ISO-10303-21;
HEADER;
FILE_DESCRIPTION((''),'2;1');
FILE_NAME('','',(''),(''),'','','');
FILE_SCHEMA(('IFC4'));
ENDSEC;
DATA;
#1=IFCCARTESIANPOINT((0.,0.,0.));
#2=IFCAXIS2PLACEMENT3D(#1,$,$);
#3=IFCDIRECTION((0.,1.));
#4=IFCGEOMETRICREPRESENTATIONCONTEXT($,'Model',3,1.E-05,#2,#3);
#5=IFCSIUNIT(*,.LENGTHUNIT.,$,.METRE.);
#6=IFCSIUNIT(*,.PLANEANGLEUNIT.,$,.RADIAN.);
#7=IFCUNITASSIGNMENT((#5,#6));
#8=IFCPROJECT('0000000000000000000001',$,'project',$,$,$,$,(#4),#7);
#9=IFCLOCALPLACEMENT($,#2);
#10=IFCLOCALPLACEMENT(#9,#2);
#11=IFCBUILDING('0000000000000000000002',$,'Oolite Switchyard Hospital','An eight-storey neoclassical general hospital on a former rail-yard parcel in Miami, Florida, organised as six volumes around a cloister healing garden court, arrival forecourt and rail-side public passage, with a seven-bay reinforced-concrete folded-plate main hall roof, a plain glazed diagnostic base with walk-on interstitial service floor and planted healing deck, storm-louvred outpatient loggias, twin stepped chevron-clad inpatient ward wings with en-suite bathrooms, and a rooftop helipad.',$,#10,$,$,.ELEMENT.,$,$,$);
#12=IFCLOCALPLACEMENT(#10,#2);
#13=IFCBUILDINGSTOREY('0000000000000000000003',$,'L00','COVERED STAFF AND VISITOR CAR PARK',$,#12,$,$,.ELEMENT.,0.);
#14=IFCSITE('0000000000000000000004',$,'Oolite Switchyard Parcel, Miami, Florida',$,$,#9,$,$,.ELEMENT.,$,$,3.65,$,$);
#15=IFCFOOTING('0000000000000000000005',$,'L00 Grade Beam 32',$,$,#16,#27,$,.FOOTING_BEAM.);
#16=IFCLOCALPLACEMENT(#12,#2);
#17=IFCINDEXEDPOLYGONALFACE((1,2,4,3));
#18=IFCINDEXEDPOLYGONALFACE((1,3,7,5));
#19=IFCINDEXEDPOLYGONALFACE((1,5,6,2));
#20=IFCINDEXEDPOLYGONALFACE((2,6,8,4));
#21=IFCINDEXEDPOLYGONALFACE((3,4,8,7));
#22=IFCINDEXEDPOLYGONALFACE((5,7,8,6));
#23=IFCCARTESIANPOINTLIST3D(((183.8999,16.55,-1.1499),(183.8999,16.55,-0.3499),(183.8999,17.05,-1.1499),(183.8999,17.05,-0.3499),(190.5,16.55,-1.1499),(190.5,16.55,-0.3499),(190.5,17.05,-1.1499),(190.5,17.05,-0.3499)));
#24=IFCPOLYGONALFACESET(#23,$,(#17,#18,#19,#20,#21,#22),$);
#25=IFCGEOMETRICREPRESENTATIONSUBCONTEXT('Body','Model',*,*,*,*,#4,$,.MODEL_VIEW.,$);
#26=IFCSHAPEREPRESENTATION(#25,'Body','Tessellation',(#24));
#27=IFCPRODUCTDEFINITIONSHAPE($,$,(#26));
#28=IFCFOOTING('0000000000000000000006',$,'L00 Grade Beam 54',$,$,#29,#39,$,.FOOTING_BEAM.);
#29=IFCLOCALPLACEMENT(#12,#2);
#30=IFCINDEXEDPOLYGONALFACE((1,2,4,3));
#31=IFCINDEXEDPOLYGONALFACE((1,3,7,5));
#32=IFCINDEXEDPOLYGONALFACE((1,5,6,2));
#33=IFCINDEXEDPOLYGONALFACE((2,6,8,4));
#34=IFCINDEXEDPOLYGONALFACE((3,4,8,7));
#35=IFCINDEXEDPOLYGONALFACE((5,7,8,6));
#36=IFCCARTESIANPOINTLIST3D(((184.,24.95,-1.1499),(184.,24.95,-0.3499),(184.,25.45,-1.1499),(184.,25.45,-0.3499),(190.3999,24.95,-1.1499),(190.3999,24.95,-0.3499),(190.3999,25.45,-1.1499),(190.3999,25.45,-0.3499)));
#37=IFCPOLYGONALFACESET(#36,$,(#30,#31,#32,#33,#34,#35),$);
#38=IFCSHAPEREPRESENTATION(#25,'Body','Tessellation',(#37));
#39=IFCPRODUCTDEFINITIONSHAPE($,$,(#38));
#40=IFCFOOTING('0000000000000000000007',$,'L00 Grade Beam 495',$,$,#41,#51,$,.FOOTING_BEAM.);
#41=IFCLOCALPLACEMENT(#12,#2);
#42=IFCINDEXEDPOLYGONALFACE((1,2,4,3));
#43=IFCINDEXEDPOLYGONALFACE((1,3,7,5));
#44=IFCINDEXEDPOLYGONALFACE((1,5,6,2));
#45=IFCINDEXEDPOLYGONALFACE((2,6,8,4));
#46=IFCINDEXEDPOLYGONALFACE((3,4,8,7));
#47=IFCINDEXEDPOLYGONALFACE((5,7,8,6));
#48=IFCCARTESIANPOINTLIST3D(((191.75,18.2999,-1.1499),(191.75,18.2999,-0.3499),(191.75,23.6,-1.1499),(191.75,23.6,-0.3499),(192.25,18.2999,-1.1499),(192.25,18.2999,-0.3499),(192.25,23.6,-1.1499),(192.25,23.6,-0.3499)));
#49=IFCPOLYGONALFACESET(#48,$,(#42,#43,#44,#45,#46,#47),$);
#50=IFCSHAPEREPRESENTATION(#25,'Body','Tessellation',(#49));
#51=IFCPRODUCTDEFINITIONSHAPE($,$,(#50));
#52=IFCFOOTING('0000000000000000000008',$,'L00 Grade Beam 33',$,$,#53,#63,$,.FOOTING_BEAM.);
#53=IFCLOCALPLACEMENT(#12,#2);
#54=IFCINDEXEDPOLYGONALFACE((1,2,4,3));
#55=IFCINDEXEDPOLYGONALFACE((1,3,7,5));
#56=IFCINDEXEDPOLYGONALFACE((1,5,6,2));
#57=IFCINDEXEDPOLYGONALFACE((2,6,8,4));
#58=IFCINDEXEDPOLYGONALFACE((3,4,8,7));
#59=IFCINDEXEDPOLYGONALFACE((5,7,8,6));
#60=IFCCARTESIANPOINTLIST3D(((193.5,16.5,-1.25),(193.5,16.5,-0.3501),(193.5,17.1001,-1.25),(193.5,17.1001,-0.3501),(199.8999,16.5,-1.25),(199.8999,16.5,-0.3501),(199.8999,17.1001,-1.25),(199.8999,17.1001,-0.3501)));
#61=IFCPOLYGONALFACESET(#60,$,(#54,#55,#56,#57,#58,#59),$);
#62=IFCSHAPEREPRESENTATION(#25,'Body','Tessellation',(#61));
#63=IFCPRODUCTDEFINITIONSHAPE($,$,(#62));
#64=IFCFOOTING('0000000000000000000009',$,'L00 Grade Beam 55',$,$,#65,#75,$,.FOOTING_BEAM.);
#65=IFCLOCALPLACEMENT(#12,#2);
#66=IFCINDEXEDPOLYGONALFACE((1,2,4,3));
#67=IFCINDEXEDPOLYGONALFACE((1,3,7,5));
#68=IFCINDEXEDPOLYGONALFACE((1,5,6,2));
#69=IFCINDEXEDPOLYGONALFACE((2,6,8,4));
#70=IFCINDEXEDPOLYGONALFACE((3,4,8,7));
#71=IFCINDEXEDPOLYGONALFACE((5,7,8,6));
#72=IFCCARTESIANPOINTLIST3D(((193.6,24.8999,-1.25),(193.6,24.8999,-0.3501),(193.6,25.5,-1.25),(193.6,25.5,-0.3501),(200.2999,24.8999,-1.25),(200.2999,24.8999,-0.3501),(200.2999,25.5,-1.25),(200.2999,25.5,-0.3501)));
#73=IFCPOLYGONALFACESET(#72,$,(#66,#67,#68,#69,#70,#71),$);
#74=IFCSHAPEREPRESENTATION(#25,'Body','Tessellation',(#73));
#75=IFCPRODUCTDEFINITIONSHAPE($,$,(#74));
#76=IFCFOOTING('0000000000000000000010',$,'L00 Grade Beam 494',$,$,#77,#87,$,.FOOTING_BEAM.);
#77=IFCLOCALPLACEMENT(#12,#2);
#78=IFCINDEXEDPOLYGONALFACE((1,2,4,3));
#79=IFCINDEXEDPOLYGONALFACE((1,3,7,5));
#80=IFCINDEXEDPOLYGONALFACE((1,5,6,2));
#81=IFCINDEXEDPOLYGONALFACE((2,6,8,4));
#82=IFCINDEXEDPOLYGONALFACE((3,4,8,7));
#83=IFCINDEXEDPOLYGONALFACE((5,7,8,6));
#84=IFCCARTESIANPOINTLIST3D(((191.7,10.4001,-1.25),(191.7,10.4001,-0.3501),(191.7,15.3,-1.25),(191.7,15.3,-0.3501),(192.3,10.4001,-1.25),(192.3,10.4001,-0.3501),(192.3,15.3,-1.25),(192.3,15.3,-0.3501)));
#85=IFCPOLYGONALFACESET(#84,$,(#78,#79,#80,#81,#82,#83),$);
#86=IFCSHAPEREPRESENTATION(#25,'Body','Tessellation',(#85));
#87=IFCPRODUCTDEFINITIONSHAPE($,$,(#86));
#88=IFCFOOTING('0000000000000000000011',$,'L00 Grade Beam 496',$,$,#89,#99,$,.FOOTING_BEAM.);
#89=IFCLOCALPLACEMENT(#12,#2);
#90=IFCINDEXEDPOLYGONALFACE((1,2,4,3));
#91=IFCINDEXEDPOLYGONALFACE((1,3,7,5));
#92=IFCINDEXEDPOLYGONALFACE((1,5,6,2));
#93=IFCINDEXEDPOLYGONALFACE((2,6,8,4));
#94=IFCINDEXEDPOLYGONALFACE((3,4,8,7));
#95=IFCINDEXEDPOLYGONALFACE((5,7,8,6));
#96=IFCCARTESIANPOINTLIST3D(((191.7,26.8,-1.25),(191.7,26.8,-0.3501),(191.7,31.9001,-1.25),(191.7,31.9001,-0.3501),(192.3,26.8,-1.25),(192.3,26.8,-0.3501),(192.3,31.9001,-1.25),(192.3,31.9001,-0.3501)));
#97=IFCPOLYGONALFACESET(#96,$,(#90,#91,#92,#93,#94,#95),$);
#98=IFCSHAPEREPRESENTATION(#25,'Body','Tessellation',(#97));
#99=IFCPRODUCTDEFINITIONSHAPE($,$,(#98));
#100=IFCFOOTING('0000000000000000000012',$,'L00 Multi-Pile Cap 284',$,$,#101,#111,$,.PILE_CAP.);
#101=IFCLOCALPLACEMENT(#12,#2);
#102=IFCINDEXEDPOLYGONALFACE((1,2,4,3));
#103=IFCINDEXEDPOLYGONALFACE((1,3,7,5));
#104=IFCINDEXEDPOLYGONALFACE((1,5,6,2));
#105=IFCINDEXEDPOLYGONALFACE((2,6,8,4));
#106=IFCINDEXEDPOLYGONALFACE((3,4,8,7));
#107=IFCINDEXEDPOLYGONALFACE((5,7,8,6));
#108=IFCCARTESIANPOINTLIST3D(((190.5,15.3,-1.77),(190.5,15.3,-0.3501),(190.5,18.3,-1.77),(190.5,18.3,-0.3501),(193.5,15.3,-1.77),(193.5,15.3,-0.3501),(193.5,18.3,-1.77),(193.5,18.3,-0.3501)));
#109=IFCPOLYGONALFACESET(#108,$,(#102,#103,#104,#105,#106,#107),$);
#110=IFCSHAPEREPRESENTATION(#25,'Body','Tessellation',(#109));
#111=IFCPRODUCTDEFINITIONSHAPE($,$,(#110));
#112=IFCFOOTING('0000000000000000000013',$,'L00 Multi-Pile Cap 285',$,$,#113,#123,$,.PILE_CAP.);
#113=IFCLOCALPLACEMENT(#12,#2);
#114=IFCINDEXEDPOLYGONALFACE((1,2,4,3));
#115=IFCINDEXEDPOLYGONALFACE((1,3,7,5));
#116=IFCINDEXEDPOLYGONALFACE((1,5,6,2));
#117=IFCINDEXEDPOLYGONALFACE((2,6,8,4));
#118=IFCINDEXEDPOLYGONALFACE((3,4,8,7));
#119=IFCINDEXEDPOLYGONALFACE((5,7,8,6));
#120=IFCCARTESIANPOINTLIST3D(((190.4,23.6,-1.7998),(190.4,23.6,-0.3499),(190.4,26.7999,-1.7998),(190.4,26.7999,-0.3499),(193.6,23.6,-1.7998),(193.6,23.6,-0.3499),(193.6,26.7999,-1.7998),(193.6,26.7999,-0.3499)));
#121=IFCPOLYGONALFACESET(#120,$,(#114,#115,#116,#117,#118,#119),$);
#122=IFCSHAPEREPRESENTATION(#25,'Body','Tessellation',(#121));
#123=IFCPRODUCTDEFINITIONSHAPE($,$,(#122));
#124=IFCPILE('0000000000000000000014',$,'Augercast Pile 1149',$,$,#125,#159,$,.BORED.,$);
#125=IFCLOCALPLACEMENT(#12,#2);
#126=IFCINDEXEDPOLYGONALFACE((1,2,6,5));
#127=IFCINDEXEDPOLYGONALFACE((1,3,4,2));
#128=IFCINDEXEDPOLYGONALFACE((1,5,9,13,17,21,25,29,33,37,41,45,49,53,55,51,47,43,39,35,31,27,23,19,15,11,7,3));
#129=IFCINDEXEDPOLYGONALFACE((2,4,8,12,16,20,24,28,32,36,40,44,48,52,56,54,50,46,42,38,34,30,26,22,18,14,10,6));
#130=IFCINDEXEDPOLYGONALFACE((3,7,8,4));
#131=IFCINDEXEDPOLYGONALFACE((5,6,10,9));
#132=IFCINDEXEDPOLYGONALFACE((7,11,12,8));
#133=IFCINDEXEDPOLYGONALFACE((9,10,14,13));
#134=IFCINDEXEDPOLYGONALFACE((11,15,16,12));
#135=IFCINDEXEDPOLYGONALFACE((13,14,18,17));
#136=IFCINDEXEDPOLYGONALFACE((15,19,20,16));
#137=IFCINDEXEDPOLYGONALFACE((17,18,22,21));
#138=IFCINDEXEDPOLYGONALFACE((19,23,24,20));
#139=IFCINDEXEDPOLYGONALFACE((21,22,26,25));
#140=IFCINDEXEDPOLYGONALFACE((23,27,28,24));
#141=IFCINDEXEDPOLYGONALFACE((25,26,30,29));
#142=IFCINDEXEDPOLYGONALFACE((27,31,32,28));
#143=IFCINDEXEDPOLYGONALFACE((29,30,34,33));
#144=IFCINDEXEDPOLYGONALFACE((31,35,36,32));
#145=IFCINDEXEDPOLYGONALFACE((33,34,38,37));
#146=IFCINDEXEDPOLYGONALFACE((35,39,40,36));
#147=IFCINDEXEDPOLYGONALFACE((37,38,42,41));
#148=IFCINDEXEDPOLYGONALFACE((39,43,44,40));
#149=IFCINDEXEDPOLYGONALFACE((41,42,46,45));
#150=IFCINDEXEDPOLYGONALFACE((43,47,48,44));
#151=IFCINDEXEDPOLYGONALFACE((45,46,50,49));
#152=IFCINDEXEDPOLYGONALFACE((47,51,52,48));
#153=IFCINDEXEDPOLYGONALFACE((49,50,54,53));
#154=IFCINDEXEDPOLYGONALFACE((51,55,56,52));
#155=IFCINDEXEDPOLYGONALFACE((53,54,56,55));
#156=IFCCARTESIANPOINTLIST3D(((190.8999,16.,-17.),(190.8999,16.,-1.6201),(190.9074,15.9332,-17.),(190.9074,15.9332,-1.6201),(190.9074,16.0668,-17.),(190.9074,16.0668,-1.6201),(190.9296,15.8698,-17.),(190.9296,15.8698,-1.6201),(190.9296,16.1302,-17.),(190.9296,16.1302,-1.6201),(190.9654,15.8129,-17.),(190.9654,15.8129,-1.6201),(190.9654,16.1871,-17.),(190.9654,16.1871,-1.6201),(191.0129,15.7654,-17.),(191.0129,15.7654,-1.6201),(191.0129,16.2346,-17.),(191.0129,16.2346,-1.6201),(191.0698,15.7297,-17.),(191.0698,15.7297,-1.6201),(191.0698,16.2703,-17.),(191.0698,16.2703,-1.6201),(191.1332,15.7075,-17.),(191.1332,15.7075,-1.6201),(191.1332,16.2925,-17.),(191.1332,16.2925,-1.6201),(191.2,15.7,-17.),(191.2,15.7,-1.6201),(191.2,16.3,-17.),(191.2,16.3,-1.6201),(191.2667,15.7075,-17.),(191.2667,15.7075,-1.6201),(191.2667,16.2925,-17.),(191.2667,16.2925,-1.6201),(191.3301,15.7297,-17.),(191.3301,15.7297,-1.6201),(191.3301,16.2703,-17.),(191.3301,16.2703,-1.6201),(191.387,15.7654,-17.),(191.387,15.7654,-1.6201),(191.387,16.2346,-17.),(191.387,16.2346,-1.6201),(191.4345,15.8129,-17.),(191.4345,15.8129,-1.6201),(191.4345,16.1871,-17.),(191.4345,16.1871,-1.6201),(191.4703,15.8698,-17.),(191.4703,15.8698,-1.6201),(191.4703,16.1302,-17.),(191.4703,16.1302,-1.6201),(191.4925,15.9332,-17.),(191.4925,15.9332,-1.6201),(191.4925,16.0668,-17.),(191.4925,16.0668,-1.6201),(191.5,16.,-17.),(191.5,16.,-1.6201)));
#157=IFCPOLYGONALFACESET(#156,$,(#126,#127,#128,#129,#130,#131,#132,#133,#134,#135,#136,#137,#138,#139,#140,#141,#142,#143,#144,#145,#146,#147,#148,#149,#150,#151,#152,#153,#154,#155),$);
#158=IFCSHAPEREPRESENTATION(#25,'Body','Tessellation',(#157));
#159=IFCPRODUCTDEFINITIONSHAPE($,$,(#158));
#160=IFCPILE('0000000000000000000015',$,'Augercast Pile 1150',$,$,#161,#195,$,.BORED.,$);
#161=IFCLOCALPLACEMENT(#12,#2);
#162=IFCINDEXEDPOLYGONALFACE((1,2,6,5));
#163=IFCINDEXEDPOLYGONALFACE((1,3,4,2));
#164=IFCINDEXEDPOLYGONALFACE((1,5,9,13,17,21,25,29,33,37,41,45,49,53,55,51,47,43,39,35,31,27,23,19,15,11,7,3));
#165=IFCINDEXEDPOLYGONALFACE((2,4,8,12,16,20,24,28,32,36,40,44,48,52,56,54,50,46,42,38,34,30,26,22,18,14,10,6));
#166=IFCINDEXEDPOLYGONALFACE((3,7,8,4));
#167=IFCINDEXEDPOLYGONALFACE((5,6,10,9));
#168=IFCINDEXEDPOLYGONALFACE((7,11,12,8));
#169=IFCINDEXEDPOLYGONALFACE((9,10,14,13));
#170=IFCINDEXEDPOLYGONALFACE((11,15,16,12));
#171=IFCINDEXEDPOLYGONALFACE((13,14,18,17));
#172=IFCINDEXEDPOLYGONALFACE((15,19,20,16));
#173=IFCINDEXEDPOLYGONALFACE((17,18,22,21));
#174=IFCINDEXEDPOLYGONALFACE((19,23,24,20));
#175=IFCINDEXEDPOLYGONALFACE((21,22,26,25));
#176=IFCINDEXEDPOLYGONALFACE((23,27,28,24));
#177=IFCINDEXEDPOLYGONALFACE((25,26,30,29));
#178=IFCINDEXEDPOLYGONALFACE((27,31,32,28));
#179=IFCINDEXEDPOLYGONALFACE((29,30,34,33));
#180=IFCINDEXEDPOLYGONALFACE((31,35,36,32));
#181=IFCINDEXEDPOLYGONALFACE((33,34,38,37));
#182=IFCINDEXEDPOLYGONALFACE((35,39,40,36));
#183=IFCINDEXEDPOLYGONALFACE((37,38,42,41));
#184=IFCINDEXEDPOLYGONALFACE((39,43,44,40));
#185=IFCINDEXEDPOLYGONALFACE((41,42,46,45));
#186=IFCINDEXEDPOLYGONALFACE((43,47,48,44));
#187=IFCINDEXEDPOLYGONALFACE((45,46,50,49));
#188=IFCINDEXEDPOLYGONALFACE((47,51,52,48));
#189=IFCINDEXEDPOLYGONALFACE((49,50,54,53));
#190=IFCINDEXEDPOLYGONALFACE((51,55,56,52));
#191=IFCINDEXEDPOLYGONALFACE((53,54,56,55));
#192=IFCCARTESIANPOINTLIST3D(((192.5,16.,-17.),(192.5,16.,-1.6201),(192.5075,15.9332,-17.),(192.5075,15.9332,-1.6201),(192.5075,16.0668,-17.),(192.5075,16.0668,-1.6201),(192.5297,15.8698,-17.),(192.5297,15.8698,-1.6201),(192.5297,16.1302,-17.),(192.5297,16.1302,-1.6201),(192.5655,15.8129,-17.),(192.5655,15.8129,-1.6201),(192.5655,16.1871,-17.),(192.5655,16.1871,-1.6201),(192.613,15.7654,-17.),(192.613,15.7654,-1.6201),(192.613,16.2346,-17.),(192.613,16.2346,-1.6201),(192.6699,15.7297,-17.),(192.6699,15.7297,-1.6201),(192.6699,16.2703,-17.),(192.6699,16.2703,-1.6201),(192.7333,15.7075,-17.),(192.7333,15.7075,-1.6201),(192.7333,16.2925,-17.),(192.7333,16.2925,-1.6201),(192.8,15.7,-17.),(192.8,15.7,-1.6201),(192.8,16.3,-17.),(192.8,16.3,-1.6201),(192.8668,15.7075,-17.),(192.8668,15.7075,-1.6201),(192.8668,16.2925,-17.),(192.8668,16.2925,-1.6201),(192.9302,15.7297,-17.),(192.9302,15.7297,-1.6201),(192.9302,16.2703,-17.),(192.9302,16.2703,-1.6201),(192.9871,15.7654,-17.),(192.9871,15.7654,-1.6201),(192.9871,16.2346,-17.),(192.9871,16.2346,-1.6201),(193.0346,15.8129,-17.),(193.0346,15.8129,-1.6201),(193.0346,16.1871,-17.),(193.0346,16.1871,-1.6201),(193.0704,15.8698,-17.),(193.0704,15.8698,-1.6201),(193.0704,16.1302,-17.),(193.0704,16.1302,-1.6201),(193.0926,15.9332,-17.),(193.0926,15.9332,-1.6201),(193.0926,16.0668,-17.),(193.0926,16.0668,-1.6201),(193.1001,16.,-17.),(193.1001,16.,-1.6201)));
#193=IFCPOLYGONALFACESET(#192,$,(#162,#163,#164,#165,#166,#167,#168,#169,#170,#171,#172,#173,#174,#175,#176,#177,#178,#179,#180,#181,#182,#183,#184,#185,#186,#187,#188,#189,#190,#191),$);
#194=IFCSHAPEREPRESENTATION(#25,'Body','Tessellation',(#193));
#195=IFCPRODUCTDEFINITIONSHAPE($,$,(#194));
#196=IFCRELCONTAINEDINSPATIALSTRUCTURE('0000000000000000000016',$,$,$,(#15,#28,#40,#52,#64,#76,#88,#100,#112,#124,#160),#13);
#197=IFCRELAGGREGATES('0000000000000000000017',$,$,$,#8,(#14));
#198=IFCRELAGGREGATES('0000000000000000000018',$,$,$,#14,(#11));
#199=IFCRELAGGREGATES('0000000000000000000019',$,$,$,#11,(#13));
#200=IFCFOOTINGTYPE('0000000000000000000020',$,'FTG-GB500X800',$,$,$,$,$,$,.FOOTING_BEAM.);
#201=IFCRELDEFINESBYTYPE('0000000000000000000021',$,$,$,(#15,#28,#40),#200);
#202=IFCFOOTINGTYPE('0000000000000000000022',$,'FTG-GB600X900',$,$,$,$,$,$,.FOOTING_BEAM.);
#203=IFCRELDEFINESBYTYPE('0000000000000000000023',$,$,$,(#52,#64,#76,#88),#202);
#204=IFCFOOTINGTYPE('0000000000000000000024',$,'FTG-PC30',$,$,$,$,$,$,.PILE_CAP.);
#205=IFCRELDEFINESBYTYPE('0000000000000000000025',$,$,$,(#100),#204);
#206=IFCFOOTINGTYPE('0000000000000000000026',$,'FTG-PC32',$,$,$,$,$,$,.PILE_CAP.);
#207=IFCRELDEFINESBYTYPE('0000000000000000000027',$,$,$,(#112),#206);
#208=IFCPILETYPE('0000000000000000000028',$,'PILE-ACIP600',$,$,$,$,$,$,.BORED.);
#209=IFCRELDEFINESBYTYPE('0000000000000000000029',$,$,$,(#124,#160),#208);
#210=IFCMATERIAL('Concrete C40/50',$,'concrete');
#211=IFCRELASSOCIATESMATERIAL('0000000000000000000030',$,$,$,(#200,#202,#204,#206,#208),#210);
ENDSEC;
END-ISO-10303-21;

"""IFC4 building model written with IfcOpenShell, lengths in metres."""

from ifc_helpers import new_model, si_unit, direction, frame, origin, origin_2d, place, context, subcontext, project, spatial, rectangle, circle, extrude, material, material_profile, profile_set, type_object, element, save


model = new_model("IFC4")

# Units and contexts
model_context = context("Model", 3, precision=1e-05, world=origin(), true_north=direction((0.0, 1.0)))
body_context = subcontext(model_context, "Body", "Model", "MODEL_VIEW")
ifc_project = project(units=[si_unit("LENGTHUNIT", "METRE"), si_unit("PLANEANGLEUNIT", "RADIAN")], contexts=[model_context])

# Site, building, storey
site_placement = place(None, origin())
site = spatial("IfcSite", under=ifc_project, at=site_placement, Name="Oolite Switchyard Parcel, Miami, Florida", CompositionType="ELEMENT", RefElevation=3.65)
building_placement = place(site_placement, origin())
building = spatial("IfcBuilding", under=site, at=building_placement, Name="Oolite Switchyard Hospital", Description="An eight-storey neoclassical general hospital on a former rail-yard parcel in Miami, Florida, organised as six volumes around a cloister healing garden court, arrival forecourt and rail-side public passage, with a seven-bay reinforced-concrete folded-plate main hall roof, a plain glazed diagnostic base with walk-on interstitial service floor and planted healing deck, storm-louvred outpatient loggias, twin stepped chevron-clad inpatient ward wings with en-suite bathrooms, and a rooftop helipad.", CompositionType="ELEMENT")
storey_placement = place(building_placement, origin())
storey = spatial("IfcBuildingStorey", under=building, at=storey_placement, Name="L00", Description="COVERED STAFF AND VISITOR CAR PARK", CompositionType="ELEMENT", Elevation=0.0)

# Footings
ifc_material_1 = material(Name="Concrete C40/50", Category="concrete")
footing_type_1 = type_object("IfcFootingType", Name="FTG-GB500X800", PredefinedType="FOOTING_BEAM", material=ifc_material_1)
footing_1_placement = place(storey_placement, frame((187.2, 16.8, -1.1499), z_axis=(0.0, 0.0, 1.0), x_axis=(1.0, 0.0, 0.0)))
element("IfcFooting", 1, at=footing_1_placement, inside=storey, type_object=footing_type_1, Name="L00 Grade Beam 32", PredefinedType="FOOTING_BEAM", context=body_context, shape_type="SweptSolid", body=[
    extrude(rectangle(XDim=6.6001, YDim=0.5, at=origin_2d()), origin(), (0.0, 0.0, 1.0), 0.8),
])
footing_2_placement = place(storey_placement, frame((187.2, 25.2, -1.1499), z_axis=(0.0, 0.0, 1.0), x_axis=(1.0, 0.0, 0.0)))
element("IfcFooting", 2, at=footing_2_placement, inside=storey, type_object=footing_type_1, Name="L00 Grade Beam 54", PredefinedType="FOOTING_BEAM", context=body_context, shape_type="SweptSolid", body=[
    extrude(rectangle(XDim=6.3999, YDim=0.5, at=origin_2d()), origin(), (0.0, 0.0, 1.0), 0.8),
])
footing_3_placement = place(storey_placement, frame((192.0, 20.95, -1.1499), z_axis=(0.0, 0.0, 1.0), x_axis=(0.0, 1.0, 0.0)))
element("IfcFooting", 3, at=footing_3_placement, inside=storey, type_object=footing_type_1, Name="L00 Grade Beam 495", PredefinedType="FOOTING_BEAM", context=body_context, shape_type="SweptSolid", body=[
    extrude(rectangle(XDim=5.3, YDim=0.5, at=origin_2d()), origin(), (0.0, 0.0, 1.0), 0.8),
])
footing_type_2 = type_object("IfcFootingType", Name="FTG-GB600X900", PredefinedType="FOOTING_BEAM", material=ifc_material_1)
footing_4_placement = place(storey_placement, frame((196.7, 16.8, -1.25), z_axis=(0.0, 0.0, 1.0), x_axis=(1.0, 0.0, 0.0)))
element("IfcFooting", 4, at=footing_4_placement, inside=storey, type_object=footing_type_2, Name="L00 Grade Beam 33", PredefinedType="FOOTING_BEAM", context=body_context, shape_type="SweptSolid", body=[
    extrude(rectangle(XDim=6.3999, YDim=0.6001, at=origin_2d()), origin(), (0.0, 0.0, 1.0), 0.8999),
])
footing_5_placement = place(storey_placement, frame((196.95, 25.2, -1.25), z_axis=(0.0, 0.0, 1.0), x_axis=(1.0, 0.0, 0.0)))
element("IfcFooting", 5, at=footing_5_placement, inside=storey, type_object=footing_type_2, Name="L00 Grade Beam 55", PredefinedType="FOOTING_BEAM", context=body_context, shape_type="SweptSolid", body=[
    extrude(rectangle(XDim=6.7, YDim=0.6001, at=origin_2d()), origin(), (0.0, 0.0, 1.0), 0.8999),
])
footing_6_placement = place(storey_placement, frame((192.0, 12.8501, -1.25), z_axis=(0.0, 0.0, 1.0), x_axis=(0.0, 1.0, 0.0)))
element("IfcFooting", 6, at=footing_6_placement, inside=storey, type_object=footing_type_2, Name="L00 Grade Beam 494", PredefinedType="FOOTING_BEAM", context=body_context, shape_type="SweptSolid", body=[
    extrude(rectangle(XDim=4.8999, YDim=0.6001, at=origin_2d()), origin(), (0.0, 0.0, 1.0), 0.8999),
])
footing_7_placement = place(storey_placement, frame((192.0, 29.3501, -1.25), z_axis=(0.0, 0.0, 1.0), x_axis=(0.0, 1.0, 0.0)))
element("IfcFooting", 7, at=footing_7_placement, inside=storey, type_object=footing_type_2, Name="L00 Grade Beam 496", PredefinedType="FOOTING_BEAM", context=body_context, shape_type="SweptSolid", body=[
    extrude(rectangle(XDim=5.1001, YDim=0.6001, at=origin_2d()), origin(), (0.0, 0.0, 1.0), 0.8999),
])
footing_type_3 = type_object("IfcFootingType", Name="FTG-PC30", PredefinedType="PILE_CAP", material=ifc_material_1)
footing_8_placement = place(storey_placement, frame((192.0, 16.8, -1.77), z_axis=(0.0, 0.0, 1.0), x_axis=(1.0, 0.0, 0.0)))
element("IfcFooting", 8, at=footing_8_placement, inside=storey, type_object=footing_type_3, Name="L00 Multi-Pile Cap 284", PredefinedType="PILE_CAP", context=body_context, shape_type="SweptSolid", body=[
    extrude(rectangle(XDim=3.0, YDim=3.0, at=origin_2d()), origin(), (0.0, 0.0, 1.0), 1.4199),
])
footing_type_4 = type_object("IfcFootingType", Name="FTG-PC32", PredefinedType="PILE_CAP", material=ifc_material_1)
footing_9_placement = place(storey_placement, frame((192.0, 25.2, -1.7998), z_axis=(0.0, 0.0, 1.0), x_axis=(1.0, 0.0, 0.0)))
element("IfcFooting", 9, at=footing_9_placement, inside=storey, type_object=footing_type_4, Name="L00 Multi-Pile Cap 285", PredefinedType="PILE_CAP", context=body_context, shape_type="SweptSolid", body=[
    extrude(rectangle(XDim=3.2, YDim=3.2, at=origin_2d()), origin(), (0.0, 0.0, 1.0), 1.45),
])

# Piles
ifc_material_profile_1 = material_profile(ifc_material_1, circle(Radius=0.3, at=origin_2d()), Name="PILE600")
ifc_profile_set_1 = profile_set([ifc_material_profile_1], Name="Concrete C40/50")
pile_type = type_object("IfcPileType", Name="PILE-ACIP600", PredefinedType="BORED", material=ifc_profile_set_1)
for number, where, z_axis, x_axis, name in (
    (10, (191.2, 16.0, -1.6201), (0.0, 0.0, -1.0), (1.0, 0.0, 0.0), "Augercast Pile 1149"),
    (11, (192.8, 16.0, -1.6201), (0.0, 0.0, -1.0), (1.0, 0.0, 0.0), "Augercast Pile 1150"),
):
    element("IfcPile", number, at=place(storey_placement, frame(where, z_axis=z_axis, x_axis=x_axis)), inside=storey, type_object=pile_type, Name=name, PredefinedType="BORED", context=body_context, shape_type="SweptSolid", body=[
        extrude(circle(Radius=0.3, at=origin_2d()), origin(), (0.0, 0.0, 1.0), 15.3799),
    ])

save(model, "model.ifc")
